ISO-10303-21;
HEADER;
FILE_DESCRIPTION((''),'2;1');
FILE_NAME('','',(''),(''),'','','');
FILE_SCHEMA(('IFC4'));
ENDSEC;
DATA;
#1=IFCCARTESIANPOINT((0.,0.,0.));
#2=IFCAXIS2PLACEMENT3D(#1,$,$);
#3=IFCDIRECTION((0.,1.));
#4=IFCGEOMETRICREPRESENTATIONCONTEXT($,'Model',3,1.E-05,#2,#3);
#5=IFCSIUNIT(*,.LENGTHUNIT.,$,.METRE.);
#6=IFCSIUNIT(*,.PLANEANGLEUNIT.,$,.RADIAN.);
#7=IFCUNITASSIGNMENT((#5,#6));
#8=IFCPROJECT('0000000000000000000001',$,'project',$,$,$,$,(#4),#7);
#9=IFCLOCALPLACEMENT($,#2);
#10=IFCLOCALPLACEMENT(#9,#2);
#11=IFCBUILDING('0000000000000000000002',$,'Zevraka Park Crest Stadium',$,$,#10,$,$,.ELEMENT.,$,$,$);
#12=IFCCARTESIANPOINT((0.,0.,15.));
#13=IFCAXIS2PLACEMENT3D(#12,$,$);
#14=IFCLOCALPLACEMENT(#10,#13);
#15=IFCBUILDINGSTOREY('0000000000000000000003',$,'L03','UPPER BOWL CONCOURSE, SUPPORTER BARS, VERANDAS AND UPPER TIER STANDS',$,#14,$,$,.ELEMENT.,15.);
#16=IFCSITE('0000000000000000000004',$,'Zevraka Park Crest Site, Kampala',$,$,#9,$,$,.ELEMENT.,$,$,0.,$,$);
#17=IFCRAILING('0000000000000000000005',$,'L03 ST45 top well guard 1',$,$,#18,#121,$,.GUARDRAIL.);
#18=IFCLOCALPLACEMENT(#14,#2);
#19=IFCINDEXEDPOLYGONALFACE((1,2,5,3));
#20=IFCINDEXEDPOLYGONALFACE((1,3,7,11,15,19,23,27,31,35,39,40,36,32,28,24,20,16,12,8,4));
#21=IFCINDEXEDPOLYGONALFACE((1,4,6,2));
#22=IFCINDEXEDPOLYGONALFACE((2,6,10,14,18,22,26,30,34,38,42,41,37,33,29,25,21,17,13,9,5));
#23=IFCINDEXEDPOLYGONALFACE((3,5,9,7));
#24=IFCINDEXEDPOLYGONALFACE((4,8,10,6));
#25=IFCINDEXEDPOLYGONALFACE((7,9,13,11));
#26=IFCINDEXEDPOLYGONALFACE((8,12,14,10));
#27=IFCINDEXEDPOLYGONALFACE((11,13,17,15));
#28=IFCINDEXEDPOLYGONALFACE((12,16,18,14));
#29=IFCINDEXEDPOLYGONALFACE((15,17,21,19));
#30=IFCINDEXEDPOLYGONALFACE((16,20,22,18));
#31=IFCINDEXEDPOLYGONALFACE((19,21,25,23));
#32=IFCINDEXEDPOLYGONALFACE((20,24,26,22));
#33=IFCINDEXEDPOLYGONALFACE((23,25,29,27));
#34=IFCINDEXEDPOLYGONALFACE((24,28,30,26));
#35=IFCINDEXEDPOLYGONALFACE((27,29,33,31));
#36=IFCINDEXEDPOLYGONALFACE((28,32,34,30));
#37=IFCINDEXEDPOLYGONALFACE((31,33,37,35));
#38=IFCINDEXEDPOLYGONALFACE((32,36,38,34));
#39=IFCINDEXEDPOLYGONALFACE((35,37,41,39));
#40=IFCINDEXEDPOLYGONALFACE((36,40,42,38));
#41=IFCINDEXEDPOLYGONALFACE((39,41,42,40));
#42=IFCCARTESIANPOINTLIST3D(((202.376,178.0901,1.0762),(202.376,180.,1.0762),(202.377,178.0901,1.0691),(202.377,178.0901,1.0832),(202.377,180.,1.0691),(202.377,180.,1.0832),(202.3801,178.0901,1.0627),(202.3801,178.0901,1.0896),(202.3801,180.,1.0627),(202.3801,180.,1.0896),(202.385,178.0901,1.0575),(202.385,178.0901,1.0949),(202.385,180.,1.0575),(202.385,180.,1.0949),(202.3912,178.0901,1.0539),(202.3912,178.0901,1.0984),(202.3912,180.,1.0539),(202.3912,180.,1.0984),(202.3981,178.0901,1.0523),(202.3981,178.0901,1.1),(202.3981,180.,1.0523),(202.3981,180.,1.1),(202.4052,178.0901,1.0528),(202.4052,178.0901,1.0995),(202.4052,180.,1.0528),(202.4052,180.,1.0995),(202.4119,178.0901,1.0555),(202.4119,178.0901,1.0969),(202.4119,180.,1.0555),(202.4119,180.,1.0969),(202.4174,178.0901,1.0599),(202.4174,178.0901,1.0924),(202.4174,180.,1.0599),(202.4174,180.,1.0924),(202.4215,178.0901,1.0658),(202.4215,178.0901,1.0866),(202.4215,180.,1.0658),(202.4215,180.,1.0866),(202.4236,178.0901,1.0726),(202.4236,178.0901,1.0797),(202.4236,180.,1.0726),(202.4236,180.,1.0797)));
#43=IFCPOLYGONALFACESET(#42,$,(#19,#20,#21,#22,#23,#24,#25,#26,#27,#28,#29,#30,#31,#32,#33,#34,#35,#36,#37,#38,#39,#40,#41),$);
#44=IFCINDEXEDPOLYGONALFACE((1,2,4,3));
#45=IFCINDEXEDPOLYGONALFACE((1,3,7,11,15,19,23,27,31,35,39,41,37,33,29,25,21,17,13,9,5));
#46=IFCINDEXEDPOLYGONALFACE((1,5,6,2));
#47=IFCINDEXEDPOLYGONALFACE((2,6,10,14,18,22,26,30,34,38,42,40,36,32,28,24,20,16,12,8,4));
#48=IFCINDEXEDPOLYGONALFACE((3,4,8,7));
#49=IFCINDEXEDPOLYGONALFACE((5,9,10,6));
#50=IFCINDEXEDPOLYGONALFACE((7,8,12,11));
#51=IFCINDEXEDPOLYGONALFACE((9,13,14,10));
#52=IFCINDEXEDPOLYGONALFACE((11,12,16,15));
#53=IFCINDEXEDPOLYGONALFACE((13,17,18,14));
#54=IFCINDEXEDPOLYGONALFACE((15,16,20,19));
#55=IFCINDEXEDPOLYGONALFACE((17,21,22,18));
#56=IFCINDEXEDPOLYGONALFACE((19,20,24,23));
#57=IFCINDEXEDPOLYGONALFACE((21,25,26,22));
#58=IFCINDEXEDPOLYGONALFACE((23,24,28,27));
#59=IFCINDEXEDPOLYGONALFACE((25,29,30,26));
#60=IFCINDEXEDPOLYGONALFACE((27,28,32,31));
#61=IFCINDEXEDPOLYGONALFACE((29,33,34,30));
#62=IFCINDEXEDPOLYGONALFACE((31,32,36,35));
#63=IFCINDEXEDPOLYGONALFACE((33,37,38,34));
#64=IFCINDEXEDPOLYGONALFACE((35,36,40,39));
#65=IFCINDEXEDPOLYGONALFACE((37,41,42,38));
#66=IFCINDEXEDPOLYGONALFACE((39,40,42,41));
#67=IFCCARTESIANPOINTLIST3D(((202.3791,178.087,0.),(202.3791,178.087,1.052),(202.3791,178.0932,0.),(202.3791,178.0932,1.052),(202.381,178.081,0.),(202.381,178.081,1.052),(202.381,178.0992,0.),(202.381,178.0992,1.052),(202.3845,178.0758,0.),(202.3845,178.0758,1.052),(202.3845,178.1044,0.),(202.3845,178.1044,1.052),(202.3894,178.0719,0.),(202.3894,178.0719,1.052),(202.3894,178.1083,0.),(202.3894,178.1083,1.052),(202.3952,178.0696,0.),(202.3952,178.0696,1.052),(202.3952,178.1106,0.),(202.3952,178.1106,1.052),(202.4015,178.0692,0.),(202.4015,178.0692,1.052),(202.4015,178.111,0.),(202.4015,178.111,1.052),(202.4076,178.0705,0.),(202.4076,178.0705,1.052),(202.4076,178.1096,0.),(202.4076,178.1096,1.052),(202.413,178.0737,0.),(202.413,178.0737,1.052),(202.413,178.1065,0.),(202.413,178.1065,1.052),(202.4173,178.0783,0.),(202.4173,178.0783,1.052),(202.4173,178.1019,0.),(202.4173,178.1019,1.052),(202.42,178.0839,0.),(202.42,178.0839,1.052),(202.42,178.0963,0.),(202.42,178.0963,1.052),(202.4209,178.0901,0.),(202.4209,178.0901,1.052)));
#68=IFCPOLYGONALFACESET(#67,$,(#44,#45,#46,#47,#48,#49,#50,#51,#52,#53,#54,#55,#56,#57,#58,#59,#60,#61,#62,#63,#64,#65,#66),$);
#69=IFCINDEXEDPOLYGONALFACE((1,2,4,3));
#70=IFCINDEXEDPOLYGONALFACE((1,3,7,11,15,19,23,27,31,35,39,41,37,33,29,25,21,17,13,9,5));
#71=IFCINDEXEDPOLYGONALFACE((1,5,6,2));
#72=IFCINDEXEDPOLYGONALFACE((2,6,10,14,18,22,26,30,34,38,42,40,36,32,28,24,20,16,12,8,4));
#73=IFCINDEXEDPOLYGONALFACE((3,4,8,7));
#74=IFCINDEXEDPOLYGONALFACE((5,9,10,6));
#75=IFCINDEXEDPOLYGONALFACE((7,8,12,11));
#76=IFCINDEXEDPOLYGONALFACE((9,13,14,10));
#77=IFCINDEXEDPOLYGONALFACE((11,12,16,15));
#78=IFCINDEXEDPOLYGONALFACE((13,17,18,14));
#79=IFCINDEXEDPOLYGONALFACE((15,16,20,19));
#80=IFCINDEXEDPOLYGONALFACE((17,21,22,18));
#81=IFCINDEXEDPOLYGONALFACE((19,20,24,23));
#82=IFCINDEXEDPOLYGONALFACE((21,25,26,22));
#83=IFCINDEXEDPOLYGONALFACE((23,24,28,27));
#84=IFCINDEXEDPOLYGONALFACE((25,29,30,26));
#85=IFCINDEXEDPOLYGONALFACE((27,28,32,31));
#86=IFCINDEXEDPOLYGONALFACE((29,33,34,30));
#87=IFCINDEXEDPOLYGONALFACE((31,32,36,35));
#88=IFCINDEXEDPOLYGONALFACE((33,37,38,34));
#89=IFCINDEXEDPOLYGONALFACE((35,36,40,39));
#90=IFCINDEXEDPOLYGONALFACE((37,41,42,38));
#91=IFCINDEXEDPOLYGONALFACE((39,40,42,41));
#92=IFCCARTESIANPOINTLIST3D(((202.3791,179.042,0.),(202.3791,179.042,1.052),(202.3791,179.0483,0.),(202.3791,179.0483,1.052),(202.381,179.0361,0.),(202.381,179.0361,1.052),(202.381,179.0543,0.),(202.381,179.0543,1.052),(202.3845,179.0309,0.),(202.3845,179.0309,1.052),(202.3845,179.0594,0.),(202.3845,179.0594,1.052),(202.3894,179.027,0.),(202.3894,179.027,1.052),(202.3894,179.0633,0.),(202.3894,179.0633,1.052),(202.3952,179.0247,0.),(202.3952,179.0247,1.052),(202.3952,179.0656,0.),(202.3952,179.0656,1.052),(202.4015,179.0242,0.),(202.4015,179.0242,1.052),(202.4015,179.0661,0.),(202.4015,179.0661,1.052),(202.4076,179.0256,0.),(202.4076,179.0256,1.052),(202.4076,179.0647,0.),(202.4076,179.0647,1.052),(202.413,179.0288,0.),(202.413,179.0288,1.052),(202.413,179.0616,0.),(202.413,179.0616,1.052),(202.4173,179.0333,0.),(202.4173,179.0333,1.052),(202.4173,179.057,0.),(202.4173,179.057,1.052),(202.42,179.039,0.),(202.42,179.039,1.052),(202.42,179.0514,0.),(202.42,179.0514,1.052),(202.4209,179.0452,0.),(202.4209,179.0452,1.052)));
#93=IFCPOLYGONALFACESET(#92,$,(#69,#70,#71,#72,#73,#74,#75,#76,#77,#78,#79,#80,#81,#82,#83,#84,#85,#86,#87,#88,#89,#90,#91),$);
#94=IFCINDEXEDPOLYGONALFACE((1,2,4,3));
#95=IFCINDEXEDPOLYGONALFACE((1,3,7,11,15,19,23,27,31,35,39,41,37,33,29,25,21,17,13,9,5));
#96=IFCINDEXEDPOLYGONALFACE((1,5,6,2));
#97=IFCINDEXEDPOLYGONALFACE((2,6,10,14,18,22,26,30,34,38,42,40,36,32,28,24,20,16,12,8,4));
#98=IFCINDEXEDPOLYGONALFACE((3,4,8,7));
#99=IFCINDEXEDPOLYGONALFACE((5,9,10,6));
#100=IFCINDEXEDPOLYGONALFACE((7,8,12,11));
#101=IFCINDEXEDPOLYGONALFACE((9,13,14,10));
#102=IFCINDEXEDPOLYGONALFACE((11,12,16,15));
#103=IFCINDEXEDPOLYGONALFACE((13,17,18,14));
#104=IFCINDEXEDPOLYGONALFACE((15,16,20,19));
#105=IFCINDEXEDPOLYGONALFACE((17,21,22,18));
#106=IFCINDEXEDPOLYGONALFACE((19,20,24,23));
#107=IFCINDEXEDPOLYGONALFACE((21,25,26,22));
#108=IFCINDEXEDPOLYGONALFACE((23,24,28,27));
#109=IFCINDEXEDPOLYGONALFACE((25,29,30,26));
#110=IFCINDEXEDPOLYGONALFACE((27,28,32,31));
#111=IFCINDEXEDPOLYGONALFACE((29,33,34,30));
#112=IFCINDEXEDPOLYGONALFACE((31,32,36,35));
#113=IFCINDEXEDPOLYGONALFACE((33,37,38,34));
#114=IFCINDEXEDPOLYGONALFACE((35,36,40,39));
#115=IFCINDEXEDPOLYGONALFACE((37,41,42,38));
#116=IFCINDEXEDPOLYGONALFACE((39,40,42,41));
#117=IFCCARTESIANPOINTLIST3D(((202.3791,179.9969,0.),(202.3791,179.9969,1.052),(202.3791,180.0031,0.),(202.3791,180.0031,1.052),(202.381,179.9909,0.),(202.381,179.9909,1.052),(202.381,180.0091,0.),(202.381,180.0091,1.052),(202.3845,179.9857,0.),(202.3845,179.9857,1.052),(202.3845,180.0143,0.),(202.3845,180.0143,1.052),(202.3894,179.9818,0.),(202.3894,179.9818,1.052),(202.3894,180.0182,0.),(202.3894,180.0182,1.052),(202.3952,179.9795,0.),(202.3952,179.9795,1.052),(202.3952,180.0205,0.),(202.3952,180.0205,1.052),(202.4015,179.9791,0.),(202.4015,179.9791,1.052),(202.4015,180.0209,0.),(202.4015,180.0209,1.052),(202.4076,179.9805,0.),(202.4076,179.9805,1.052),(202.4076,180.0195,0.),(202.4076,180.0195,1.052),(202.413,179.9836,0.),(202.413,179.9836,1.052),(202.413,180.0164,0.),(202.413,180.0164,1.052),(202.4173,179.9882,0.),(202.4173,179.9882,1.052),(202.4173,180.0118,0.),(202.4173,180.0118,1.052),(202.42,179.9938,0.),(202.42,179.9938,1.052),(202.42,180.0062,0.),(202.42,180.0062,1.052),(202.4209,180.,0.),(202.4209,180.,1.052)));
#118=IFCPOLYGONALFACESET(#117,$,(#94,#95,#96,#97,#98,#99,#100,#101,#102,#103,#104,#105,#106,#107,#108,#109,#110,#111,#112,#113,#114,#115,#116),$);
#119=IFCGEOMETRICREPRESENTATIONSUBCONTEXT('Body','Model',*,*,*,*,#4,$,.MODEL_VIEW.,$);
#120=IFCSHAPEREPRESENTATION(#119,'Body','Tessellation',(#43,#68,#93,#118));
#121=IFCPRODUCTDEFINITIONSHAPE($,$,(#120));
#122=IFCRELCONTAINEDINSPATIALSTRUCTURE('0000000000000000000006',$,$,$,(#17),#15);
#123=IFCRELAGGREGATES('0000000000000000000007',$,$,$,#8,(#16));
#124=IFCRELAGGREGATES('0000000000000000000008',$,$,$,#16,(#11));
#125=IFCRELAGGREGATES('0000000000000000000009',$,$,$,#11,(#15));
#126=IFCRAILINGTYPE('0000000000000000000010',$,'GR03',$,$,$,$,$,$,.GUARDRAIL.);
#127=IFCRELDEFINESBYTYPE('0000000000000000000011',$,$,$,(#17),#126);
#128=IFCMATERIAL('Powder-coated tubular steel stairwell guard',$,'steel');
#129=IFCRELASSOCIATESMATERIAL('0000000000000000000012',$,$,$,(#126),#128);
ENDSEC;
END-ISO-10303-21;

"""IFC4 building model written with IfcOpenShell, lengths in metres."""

from ifc_helpers import new_model, si_unit, direction, frame, origin, origin_2d, place, context, subcontext, project, spatial, circle, extrude, material, type_object, element, save


model = new_model("IFC4")

# Units and contexts
model_context = context("Model", 3, precision=1e-05, world=origin(), true_north=direction((0.0, 1.0)))
body_context = subcontext(model_context, "Body", "Model", "MODEL_VIEW")
ifc_project = project(units=[si_unit("LENGTHUNIT", "METRE"), si_unit("PLANEANGLEUNIT", "RADIAN")], contexts=[model_context])

# Site, building, storey
site_placement = place(None, origin())
site = spatial("IfcSite", under=ifc_project, at=site_placement, Name="Zevraka Park Crest Site, Kampala", CompositionType="ELEMENT", RefElevation=0.0)
building_placement = place(site_placement, origin())
building = spatial("IfcBuilding", under=site, at=building_placement, Name="Zevraka Park Crest Stadium", CompositionType="ELEMENT")
storey_placement = place(building_placement, frame((0.0, 0.0, 15.0)))
storey = spatial("IfcBuildingStorey", under=building, at=storey_placement, Name="L03", Description="UPPER BOWL CONCOURSE, SUPPORTER BARS, VERANDAS AND UPPER TIER STANDS", CompositionType="ELEMENT", Elevation=15.0)

# Railing
ifc_material_1 = material(Name="Powder-coated tubular steel stairwell guard", Category="steel")
railing_type = type_object("IfcRailingType", Name="GR03", PredefinedType="GUARDRAIL", material=ifc_material_1)
railing_placement = place(storey_placement, frame((202.3999, 178.0901, 0.0)))
element("IfcRailing", 1, at=railing_placement, inside=storey, type_object=railing_type, Name="L03 ST45 top well guard 1", PredefinedType="GUARDRAIL", context=body_context, shape_type="SweptSolid", body=[
    extrude(circle(Radius=0.0239, at=origin_2d()), frame((0.0, 0.0, 1.0762), z_axis=(0.0, 1.0, 0.0), x_axis=(-1.0, 0.0, 0.0)), (0.0, 0.0, 1.0), 1.9099),
    extrude(circle(Radius=0.021, at=origin_2d()), origin(), (0.0, 0.0, 1.0), 1.052),
    extrude(circle(Radius=0.021, at=origin_2d()), frame((0.0, 0.9551, 0.0)), (0.0, 0.0, 1.0), 1.052),
    extrude(circle(Radius=0.021, at=origin_2d()), frame((0.0, 1.9099, 0.0)), (0.0, 0.0, 1.0), 1.052),
])

save(model, "model.ifc")
